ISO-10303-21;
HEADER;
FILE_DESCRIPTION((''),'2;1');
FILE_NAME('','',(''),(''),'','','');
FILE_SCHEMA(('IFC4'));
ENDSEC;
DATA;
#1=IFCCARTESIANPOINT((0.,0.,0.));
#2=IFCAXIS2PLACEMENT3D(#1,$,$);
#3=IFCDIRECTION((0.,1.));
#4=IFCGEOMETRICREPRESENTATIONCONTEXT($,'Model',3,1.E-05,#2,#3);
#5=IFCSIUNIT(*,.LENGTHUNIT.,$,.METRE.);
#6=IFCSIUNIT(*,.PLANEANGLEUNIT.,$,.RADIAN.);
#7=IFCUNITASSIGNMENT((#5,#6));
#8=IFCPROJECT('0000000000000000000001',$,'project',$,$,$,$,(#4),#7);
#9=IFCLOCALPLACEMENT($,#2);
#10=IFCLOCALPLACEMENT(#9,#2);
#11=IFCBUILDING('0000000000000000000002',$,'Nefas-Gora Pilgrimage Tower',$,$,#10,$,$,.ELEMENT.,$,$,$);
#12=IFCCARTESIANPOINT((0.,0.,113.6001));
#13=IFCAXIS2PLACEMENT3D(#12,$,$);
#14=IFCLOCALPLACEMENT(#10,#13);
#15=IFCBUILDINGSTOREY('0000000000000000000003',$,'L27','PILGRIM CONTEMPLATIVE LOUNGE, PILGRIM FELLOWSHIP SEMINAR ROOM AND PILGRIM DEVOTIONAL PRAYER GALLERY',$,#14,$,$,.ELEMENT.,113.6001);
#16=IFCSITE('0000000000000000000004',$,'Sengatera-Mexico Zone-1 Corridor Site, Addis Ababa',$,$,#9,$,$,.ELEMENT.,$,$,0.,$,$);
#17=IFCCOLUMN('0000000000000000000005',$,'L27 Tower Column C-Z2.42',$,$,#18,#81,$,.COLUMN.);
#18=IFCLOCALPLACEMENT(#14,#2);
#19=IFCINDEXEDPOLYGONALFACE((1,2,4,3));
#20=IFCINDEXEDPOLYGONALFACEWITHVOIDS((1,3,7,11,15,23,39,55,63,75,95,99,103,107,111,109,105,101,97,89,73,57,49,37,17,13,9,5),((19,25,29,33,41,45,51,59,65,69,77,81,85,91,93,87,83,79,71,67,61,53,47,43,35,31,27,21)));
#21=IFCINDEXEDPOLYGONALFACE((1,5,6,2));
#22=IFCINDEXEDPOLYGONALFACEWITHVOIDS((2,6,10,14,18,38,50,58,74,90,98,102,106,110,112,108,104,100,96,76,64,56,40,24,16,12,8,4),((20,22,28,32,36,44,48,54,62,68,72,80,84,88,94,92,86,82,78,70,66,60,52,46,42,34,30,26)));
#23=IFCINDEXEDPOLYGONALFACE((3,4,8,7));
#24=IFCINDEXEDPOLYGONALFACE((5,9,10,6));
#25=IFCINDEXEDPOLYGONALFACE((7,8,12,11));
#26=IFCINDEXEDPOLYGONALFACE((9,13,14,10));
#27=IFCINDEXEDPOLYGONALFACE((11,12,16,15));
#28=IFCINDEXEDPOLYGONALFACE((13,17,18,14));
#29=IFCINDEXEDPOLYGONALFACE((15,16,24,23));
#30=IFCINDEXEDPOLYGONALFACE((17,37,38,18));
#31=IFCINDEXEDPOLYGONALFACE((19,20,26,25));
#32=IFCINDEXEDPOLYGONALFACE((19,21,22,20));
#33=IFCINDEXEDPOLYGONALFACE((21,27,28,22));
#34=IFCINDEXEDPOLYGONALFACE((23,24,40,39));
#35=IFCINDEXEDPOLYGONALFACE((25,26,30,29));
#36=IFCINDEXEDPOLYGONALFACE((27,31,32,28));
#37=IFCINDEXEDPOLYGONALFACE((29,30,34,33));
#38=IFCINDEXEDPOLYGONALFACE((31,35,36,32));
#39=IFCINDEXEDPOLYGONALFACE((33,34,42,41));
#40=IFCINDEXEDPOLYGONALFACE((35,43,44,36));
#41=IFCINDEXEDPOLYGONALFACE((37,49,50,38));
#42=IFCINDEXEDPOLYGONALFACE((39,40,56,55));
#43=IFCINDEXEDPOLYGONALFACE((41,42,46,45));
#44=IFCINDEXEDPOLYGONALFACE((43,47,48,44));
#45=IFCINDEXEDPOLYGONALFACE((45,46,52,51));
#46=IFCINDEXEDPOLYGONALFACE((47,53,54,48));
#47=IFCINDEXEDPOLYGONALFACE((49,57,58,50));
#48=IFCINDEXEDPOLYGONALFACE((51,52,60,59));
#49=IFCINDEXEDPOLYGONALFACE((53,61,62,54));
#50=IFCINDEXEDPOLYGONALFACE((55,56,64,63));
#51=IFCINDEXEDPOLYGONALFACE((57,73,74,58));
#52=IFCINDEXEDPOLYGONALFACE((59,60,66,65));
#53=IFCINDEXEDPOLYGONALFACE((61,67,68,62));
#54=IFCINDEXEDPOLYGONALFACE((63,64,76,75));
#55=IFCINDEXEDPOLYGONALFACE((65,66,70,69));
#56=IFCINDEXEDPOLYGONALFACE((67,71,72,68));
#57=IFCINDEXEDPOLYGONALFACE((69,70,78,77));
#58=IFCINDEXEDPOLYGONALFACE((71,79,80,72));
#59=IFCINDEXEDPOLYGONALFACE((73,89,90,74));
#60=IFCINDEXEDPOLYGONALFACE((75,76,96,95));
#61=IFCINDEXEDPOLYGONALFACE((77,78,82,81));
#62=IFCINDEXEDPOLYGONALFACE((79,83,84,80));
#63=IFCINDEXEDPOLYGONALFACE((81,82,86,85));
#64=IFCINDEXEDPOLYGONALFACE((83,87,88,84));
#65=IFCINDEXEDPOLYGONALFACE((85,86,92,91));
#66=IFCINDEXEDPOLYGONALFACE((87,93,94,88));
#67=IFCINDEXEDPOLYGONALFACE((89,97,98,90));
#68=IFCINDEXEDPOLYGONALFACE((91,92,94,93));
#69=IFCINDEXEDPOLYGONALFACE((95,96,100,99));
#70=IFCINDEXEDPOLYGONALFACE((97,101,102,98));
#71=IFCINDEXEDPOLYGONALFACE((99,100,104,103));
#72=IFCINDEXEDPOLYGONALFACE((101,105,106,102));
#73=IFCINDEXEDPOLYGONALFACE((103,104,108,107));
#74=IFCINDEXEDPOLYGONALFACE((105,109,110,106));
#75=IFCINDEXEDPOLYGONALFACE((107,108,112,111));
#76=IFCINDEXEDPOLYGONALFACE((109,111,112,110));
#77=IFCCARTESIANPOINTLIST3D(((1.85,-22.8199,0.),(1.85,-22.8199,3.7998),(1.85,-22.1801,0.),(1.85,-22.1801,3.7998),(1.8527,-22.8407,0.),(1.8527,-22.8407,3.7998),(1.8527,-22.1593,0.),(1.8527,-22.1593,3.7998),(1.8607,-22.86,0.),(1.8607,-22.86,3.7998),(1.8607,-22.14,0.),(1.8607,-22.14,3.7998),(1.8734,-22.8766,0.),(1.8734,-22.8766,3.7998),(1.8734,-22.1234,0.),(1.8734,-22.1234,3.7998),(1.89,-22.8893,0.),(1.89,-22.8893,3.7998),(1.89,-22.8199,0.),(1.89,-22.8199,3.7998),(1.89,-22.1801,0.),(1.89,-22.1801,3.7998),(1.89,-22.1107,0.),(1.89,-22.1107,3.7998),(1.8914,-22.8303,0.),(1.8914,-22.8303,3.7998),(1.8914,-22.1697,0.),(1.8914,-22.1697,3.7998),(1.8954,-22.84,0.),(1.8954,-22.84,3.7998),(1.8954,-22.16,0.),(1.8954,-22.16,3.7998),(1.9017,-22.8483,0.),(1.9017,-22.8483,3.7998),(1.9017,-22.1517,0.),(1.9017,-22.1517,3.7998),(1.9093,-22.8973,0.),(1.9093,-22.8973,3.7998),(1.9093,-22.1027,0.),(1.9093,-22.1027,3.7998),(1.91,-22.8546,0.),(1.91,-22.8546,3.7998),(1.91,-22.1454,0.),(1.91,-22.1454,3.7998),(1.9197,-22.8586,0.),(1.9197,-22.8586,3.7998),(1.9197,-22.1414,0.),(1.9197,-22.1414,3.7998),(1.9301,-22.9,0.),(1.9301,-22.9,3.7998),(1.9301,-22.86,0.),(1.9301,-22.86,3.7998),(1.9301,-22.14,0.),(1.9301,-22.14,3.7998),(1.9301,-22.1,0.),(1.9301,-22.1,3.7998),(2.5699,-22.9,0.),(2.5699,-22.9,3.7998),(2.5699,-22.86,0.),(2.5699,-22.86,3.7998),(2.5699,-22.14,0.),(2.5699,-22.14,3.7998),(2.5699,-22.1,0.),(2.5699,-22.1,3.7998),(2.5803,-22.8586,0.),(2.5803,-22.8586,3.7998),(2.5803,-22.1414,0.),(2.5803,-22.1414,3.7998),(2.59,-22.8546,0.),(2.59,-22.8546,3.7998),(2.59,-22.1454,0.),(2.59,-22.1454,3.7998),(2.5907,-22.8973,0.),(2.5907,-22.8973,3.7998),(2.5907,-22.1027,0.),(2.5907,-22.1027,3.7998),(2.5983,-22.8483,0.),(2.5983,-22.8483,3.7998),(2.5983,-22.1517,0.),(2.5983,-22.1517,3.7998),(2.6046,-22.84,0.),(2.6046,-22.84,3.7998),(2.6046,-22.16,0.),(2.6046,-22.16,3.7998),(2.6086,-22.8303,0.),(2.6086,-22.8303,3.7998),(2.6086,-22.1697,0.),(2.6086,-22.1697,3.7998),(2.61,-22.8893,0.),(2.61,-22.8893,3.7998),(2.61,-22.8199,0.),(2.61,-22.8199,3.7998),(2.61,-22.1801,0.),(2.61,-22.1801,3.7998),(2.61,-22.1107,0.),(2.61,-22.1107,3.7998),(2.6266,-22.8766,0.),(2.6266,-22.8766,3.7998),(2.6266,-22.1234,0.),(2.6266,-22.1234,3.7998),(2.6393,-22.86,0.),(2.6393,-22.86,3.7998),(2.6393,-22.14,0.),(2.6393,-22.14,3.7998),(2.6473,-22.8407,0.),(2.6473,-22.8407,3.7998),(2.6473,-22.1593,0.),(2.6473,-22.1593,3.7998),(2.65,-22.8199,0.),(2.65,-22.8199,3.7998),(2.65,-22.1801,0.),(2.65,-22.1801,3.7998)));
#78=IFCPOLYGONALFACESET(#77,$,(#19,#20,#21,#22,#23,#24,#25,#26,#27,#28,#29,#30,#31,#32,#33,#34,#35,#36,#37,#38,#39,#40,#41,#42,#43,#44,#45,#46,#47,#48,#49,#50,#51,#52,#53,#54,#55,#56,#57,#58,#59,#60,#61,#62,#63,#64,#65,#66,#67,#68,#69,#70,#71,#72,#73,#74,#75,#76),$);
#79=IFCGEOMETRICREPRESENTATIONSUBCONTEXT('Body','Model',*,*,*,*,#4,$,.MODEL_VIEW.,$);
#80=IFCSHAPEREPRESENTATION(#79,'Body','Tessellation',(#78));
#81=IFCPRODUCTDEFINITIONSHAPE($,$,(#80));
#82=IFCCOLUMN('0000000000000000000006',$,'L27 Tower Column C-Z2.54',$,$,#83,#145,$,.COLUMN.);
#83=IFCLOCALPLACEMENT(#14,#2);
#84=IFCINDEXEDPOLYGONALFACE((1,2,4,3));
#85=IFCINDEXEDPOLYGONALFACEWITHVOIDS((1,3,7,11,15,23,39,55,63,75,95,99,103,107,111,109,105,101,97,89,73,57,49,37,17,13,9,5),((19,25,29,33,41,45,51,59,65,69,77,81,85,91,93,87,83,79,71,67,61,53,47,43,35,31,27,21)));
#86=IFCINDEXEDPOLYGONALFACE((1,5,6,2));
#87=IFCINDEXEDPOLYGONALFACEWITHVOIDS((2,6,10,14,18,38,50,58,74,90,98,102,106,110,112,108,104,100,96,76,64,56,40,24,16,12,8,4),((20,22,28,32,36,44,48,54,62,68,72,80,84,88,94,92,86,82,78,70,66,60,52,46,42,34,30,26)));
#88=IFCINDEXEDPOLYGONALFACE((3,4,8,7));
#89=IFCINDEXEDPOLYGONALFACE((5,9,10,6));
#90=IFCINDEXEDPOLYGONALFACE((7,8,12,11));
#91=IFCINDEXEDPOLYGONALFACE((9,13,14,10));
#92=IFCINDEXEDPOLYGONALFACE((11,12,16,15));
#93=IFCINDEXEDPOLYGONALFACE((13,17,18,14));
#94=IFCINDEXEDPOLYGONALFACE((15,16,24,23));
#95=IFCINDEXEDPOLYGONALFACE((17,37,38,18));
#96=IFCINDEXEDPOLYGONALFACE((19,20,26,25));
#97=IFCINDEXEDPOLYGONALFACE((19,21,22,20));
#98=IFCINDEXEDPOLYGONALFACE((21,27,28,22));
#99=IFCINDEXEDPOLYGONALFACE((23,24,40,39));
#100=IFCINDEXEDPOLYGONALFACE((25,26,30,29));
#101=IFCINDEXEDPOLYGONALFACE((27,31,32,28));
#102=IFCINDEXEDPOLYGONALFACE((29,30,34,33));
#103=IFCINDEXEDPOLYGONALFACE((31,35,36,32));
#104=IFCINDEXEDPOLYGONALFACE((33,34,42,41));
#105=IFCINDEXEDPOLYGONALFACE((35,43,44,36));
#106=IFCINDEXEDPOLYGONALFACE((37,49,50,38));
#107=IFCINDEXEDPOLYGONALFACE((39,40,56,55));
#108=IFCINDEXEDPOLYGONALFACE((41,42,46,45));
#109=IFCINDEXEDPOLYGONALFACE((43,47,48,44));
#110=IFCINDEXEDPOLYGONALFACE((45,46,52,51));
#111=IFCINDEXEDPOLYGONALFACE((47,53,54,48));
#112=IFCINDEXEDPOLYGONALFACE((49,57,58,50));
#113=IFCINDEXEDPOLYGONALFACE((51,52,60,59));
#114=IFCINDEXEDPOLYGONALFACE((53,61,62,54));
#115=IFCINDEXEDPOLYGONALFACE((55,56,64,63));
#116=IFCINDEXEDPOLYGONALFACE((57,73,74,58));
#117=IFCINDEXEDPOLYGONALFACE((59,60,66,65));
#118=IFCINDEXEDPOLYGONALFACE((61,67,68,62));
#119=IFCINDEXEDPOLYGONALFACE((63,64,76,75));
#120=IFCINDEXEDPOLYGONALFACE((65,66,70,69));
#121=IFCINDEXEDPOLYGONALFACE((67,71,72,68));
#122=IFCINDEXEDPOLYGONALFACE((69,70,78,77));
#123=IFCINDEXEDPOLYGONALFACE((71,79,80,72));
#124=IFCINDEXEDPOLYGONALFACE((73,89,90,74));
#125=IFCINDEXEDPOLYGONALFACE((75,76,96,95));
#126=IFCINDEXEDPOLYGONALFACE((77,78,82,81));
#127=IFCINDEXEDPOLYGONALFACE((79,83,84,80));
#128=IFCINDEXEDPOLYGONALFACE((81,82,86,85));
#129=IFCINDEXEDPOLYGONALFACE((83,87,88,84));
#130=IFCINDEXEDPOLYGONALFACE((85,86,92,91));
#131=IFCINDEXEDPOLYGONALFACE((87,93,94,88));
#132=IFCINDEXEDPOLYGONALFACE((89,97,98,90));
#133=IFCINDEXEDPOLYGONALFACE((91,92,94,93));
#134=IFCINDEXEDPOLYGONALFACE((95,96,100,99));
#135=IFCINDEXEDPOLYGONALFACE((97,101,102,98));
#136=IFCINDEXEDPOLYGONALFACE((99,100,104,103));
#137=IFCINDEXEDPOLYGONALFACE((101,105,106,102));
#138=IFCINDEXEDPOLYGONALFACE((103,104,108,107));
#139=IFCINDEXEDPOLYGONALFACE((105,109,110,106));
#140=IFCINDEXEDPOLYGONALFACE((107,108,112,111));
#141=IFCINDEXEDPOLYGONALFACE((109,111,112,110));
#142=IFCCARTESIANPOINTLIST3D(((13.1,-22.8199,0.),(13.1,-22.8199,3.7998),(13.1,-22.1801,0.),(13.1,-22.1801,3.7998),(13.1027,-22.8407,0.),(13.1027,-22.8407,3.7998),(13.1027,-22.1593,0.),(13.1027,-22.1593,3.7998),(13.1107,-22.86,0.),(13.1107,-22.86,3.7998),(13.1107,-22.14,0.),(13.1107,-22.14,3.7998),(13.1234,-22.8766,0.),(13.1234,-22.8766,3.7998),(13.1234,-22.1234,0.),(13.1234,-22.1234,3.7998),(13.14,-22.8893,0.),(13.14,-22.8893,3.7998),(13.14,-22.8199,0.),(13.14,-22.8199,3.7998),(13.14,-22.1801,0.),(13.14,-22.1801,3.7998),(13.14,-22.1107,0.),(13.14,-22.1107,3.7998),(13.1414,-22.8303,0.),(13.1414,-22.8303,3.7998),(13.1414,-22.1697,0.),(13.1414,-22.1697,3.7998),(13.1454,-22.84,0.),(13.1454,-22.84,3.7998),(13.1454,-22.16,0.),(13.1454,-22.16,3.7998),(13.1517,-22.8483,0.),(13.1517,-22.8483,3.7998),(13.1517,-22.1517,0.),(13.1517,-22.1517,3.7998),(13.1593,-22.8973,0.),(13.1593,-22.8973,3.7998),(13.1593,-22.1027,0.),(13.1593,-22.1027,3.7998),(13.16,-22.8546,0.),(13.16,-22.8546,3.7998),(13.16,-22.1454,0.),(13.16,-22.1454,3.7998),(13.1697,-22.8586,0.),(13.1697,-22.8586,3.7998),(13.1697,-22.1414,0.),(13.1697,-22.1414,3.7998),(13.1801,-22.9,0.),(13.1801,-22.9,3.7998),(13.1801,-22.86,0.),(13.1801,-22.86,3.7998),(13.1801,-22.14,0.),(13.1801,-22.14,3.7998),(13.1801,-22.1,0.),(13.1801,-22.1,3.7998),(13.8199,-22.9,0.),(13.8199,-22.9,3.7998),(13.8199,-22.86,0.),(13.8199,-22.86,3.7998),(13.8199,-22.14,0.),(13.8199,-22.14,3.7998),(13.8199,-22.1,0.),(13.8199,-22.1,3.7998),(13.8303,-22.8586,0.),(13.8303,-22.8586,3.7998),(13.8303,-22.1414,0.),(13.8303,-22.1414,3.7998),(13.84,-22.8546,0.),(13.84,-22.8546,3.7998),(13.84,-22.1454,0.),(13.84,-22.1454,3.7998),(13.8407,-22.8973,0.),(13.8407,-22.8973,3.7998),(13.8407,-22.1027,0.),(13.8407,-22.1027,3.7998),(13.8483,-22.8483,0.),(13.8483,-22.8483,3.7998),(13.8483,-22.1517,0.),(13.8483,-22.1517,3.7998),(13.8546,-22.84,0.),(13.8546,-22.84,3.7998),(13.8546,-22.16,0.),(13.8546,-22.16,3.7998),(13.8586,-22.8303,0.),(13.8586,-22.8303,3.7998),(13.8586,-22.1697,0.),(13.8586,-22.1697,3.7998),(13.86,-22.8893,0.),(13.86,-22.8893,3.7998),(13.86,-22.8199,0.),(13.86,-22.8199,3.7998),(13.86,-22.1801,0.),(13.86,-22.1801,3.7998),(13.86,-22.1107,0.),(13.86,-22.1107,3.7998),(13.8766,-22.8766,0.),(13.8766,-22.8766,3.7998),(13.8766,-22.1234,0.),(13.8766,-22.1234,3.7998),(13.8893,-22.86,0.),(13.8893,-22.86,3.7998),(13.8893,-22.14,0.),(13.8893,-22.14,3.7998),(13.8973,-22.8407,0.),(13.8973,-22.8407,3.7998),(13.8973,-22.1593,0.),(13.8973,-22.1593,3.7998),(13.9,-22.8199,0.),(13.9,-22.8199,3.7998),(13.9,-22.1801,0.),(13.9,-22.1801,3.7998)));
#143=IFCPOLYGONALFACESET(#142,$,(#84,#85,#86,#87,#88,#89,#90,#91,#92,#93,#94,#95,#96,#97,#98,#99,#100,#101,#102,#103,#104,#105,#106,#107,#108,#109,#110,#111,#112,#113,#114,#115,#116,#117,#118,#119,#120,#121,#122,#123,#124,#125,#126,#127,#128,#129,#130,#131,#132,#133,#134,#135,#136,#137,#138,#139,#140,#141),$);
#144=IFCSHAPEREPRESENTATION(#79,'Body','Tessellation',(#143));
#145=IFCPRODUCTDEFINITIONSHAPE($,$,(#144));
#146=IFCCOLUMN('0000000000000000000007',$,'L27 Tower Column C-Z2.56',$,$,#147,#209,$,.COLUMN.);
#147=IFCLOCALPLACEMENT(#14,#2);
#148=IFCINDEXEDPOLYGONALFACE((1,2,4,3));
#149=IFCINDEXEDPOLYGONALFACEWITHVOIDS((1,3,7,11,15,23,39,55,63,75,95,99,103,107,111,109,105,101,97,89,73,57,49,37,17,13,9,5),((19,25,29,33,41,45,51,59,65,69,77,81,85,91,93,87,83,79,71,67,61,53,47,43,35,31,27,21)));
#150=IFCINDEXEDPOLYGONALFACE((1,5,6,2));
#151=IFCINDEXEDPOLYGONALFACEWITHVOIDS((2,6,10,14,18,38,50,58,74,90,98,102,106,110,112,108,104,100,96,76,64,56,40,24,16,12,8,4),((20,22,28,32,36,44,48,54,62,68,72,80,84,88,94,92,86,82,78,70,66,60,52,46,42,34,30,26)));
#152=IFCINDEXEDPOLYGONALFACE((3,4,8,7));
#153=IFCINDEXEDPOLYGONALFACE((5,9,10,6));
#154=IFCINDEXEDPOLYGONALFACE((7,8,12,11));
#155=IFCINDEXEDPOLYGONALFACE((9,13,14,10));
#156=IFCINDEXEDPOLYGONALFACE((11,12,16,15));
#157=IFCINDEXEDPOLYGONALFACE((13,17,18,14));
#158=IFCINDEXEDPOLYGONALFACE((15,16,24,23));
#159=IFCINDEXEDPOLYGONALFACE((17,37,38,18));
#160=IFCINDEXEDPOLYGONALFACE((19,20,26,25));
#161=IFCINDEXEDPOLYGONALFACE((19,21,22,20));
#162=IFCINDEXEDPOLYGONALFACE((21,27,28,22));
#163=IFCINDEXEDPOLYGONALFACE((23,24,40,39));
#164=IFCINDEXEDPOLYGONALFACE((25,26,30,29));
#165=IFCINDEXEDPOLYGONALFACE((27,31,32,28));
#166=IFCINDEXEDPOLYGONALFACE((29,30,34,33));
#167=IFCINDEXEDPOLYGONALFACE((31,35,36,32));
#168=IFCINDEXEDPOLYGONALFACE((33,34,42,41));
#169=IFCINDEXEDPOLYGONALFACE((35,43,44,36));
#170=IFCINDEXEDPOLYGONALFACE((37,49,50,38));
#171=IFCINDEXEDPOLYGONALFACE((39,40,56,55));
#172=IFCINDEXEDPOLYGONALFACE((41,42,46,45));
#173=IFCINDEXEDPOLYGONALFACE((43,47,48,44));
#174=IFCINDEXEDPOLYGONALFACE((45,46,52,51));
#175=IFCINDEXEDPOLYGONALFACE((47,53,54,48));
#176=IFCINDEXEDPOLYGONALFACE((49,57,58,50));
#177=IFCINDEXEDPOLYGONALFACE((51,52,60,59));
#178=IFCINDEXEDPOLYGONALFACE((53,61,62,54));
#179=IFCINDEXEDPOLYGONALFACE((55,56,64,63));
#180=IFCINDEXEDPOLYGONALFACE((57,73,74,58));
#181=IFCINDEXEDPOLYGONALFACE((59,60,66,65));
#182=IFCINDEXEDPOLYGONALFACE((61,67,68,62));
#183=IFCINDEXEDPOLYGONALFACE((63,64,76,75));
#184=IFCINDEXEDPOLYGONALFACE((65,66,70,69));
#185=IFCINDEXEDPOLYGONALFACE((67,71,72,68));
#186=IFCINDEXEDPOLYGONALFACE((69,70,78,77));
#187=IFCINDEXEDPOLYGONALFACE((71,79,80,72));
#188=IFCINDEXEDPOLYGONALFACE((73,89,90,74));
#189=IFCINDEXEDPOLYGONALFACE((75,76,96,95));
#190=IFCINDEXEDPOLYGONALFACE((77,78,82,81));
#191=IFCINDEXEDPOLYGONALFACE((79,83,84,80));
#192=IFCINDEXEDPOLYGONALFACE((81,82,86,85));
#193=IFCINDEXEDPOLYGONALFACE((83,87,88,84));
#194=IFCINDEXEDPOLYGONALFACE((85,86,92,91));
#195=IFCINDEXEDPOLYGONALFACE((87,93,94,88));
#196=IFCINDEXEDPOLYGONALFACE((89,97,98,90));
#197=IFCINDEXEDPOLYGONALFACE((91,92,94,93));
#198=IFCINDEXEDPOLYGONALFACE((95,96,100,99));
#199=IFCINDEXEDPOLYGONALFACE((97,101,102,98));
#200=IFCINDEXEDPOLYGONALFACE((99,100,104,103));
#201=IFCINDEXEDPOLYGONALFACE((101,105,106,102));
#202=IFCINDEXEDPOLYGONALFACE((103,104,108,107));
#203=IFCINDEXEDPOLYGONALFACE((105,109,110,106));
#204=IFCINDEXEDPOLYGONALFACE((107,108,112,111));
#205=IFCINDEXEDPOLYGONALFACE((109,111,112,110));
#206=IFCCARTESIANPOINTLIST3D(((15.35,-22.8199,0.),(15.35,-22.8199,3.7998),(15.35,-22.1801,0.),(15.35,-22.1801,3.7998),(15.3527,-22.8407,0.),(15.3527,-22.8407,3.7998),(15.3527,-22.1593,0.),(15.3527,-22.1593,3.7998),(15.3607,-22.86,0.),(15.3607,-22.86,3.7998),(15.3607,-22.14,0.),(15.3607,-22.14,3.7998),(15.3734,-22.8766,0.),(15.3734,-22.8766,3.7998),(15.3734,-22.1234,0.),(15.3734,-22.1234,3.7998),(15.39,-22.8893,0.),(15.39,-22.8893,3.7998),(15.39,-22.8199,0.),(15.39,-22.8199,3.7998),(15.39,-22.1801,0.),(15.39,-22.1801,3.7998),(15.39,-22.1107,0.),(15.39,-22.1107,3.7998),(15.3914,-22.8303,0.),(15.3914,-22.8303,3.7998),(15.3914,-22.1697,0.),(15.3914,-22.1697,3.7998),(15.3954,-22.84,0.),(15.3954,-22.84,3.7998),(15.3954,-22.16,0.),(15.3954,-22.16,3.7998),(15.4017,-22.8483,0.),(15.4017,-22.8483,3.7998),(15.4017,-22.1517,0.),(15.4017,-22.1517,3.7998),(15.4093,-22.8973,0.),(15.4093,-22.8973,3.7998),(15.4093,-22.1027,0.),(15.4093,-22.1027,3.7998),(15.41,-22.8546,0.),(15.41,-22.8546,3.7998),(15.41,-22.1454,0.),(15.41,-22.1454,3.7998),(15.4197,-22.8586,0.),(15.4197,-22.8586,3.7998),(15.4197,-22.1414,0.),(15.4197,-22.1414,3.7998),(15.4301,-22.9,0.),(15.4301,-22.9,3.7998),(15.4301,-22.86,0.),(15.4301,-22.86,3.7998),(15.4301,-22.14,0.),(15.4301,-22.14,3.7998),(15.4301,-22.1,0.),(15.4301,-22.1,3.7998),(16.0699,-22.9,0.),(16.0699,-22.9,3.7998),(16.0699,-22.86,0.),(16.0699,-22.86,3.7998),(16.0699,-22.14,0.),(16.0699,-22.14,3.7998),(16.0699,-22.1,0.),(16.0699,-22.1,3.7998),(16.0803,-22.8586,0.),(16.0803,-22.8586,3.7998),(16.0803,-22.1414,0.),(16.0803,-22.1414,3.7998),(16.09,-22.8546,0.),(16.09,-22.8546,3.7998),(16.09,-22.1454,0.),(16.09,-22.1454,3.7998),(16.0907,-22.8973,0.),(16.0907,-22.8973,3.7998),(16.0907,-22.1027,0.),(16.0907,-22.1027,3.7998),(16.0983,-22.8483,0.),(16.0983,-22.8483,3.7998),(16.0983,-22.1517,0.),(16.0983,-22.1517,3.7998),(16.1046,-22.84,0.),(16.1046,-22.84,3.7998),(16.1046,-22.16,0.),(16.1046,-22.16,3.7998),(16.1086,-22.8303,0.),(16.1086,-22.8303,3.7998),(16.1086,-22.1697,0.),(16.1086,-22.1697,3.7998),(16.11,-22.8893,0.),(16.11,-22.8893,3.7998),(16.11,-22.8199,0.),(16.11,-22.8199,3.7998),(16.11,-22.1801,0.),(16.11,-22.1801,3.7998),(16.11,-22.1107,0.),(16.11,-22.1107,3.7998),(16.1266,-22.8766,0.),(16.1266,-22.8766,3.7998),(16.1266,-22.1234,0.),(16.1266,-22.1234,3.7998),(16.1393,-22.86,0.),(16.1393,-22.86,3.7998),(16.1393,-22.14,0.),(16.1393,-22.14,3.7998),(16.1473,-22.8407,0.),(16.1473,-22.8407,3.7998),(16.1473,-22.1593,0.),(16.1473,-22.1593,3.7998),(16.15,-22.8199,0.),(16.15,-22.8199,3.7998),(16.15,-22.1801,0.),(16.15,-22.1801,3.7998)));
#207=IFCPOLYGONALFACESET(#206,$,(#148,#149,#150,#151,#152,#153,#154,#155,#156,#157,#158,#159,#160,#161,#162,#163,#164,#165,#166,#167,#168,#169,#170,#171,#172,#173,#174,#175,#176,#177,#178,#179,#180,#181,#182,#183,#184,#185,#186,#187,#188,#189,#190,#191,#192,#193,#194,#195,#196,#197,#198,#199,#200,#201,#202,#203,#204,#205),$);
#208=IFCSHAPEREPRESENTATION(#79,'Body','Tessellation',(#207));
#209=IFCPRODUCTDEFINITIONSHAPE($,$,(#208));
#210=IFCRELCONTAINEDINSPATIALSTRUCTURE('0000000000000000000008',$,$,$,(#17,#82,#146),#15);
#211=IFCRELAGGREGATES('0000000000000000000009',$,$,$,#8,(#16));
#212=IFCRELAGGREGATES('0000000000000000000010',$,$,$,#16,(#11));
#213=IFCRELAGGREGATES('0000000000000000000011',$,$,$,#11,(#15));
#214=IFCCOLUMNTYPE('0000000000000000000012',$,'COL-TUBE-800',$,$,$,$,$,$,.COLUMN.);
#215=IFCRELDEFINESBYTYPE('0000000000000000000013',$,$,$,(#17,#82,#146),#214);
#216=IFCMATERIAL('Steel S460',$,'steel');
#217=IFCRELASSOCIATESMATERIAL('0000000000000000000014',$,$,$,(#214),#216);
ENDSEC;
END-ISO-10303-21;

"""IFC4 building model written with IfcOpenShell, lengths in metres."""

from ifc_helpers import new_model, si_unit, direction, frame, origin, origin_2d, place, context, subcontext, project, spatial, hollow_rectangle, extrude, source, transform, mapped, material, material_profile, profile_set, type_object, element, save


model = new_model("IFC4")

# Units and contexts
model_context = context("Model", 3, precision=1e-05, world=origin(), true_north=direction((0.0, 1.0)))
body_context = subcontext(model_context, "Body", "Model", "MODEL_VIEW")
ifc_project = project(units=[si_unit("LENGTHUNIT", "METRE"), si_unit("PLANEANGLEUNIT", "RADIAN")], contexts=[model_context])

# Site, building, storey
site_placement = place(None, origin())
site = spatial("IfcSite", under=ifc_project, at=site_placement, Name="Sengatera-Mexico Zone-1 Corridor Site, Addis Ababa", CompositionType="ELEMENT", RefElevation=0.0)
building_placement = place(site_placement, origin())
building = spatial("IfcBuilding", under=site, at=building_placement, Name="Nefas-Gora Pilgrimage Tower", CompositionType="ELEMENT")
storey_placement = place(building_placement, frame((0.0, 0.0, 113.6001)))
storey = spatial("IfcBuildingStorey", under=building, at=storey_placement, Name="L27", Description="PILGRIM CONTEMPLATIVE LOUNGE, PILGRIM FELLOWSHIP SEMINAR ROOM AND PILGRIM DEVOTIONAL PRAYER GALLERY", CompositionType="ELEMENT", Elevation=113.6001)

# Columns
ifc_material_1 = material(Name="Steel S460", Category="steel")
ifc_material_profile_1 = material_profile(ifc_material_1, hollow_rectangle(XDim=0.8, YDim=0.8, WallThickness=0.04, InnerFilletRadius=0.04, OuterFilletRadius=0.0801, at=origin_2d()), Name="BOX 800x800x40")
ifc_profile_set_1 = profile_set([ifc_material_profile_1], Name="Steel S460")
column_type_1 = type_object("IfcColumnType", Name="COL-TUBE-800", PredefinedType="COLUMN", material=ifc_profile_set_1)
shared_shape_1 = source(origin(), body_context, "Body", "SweptSolid", [
    extrude(hollow_rectangle(XDim=0.8, YDim=0.8, WallThickness=0.04, InnerFilletRadius=0.04, OuterFilletRadius=0.0801, at=origin_2d()), origin(), (0.0, 0.0, 1.0), 3.7998),
])
for number, where, z_axis, x_axis, name in (
    (1, (2.25, -22.5, 0.0), (0.0, 0.0, 1.0), (1.0, 0.0, 0.0), "L27 Tower Column C-Z2.42"),
    (2, (13.5, -22.5, 0.0), (0.0, 0.0, 1.0), (1.0, 0.0, 0.0), "L27 Tower Column C-Z2.54"),
    (3, (15.75, -22.5, 0.0), (0.0, 0.0, 1.0), (1.0, 0.0, 0.0), "L27 Tower Column C-Z2.56"),
):
    element("IfcColumn", number, at=place(storey_placement, frame(where, z_axis=z_axis, x_axis=x_axis)), inside=storey, type_object=column_type_1, Name=name, PredefinedType="COLUMN", context=body_context, shape_type="MappedRepresentation", body=[
        mapped(shared_shape_1, transform((0.0, 0.0, 0.0), x_axis=(1.0, 0.0, 0.0), y_axis=(0.0, 1.0, 0.0), z_axis=(0.0, 0.0, 1.0), scale=1.0)),
    ])

save(model, "model.ifc")
